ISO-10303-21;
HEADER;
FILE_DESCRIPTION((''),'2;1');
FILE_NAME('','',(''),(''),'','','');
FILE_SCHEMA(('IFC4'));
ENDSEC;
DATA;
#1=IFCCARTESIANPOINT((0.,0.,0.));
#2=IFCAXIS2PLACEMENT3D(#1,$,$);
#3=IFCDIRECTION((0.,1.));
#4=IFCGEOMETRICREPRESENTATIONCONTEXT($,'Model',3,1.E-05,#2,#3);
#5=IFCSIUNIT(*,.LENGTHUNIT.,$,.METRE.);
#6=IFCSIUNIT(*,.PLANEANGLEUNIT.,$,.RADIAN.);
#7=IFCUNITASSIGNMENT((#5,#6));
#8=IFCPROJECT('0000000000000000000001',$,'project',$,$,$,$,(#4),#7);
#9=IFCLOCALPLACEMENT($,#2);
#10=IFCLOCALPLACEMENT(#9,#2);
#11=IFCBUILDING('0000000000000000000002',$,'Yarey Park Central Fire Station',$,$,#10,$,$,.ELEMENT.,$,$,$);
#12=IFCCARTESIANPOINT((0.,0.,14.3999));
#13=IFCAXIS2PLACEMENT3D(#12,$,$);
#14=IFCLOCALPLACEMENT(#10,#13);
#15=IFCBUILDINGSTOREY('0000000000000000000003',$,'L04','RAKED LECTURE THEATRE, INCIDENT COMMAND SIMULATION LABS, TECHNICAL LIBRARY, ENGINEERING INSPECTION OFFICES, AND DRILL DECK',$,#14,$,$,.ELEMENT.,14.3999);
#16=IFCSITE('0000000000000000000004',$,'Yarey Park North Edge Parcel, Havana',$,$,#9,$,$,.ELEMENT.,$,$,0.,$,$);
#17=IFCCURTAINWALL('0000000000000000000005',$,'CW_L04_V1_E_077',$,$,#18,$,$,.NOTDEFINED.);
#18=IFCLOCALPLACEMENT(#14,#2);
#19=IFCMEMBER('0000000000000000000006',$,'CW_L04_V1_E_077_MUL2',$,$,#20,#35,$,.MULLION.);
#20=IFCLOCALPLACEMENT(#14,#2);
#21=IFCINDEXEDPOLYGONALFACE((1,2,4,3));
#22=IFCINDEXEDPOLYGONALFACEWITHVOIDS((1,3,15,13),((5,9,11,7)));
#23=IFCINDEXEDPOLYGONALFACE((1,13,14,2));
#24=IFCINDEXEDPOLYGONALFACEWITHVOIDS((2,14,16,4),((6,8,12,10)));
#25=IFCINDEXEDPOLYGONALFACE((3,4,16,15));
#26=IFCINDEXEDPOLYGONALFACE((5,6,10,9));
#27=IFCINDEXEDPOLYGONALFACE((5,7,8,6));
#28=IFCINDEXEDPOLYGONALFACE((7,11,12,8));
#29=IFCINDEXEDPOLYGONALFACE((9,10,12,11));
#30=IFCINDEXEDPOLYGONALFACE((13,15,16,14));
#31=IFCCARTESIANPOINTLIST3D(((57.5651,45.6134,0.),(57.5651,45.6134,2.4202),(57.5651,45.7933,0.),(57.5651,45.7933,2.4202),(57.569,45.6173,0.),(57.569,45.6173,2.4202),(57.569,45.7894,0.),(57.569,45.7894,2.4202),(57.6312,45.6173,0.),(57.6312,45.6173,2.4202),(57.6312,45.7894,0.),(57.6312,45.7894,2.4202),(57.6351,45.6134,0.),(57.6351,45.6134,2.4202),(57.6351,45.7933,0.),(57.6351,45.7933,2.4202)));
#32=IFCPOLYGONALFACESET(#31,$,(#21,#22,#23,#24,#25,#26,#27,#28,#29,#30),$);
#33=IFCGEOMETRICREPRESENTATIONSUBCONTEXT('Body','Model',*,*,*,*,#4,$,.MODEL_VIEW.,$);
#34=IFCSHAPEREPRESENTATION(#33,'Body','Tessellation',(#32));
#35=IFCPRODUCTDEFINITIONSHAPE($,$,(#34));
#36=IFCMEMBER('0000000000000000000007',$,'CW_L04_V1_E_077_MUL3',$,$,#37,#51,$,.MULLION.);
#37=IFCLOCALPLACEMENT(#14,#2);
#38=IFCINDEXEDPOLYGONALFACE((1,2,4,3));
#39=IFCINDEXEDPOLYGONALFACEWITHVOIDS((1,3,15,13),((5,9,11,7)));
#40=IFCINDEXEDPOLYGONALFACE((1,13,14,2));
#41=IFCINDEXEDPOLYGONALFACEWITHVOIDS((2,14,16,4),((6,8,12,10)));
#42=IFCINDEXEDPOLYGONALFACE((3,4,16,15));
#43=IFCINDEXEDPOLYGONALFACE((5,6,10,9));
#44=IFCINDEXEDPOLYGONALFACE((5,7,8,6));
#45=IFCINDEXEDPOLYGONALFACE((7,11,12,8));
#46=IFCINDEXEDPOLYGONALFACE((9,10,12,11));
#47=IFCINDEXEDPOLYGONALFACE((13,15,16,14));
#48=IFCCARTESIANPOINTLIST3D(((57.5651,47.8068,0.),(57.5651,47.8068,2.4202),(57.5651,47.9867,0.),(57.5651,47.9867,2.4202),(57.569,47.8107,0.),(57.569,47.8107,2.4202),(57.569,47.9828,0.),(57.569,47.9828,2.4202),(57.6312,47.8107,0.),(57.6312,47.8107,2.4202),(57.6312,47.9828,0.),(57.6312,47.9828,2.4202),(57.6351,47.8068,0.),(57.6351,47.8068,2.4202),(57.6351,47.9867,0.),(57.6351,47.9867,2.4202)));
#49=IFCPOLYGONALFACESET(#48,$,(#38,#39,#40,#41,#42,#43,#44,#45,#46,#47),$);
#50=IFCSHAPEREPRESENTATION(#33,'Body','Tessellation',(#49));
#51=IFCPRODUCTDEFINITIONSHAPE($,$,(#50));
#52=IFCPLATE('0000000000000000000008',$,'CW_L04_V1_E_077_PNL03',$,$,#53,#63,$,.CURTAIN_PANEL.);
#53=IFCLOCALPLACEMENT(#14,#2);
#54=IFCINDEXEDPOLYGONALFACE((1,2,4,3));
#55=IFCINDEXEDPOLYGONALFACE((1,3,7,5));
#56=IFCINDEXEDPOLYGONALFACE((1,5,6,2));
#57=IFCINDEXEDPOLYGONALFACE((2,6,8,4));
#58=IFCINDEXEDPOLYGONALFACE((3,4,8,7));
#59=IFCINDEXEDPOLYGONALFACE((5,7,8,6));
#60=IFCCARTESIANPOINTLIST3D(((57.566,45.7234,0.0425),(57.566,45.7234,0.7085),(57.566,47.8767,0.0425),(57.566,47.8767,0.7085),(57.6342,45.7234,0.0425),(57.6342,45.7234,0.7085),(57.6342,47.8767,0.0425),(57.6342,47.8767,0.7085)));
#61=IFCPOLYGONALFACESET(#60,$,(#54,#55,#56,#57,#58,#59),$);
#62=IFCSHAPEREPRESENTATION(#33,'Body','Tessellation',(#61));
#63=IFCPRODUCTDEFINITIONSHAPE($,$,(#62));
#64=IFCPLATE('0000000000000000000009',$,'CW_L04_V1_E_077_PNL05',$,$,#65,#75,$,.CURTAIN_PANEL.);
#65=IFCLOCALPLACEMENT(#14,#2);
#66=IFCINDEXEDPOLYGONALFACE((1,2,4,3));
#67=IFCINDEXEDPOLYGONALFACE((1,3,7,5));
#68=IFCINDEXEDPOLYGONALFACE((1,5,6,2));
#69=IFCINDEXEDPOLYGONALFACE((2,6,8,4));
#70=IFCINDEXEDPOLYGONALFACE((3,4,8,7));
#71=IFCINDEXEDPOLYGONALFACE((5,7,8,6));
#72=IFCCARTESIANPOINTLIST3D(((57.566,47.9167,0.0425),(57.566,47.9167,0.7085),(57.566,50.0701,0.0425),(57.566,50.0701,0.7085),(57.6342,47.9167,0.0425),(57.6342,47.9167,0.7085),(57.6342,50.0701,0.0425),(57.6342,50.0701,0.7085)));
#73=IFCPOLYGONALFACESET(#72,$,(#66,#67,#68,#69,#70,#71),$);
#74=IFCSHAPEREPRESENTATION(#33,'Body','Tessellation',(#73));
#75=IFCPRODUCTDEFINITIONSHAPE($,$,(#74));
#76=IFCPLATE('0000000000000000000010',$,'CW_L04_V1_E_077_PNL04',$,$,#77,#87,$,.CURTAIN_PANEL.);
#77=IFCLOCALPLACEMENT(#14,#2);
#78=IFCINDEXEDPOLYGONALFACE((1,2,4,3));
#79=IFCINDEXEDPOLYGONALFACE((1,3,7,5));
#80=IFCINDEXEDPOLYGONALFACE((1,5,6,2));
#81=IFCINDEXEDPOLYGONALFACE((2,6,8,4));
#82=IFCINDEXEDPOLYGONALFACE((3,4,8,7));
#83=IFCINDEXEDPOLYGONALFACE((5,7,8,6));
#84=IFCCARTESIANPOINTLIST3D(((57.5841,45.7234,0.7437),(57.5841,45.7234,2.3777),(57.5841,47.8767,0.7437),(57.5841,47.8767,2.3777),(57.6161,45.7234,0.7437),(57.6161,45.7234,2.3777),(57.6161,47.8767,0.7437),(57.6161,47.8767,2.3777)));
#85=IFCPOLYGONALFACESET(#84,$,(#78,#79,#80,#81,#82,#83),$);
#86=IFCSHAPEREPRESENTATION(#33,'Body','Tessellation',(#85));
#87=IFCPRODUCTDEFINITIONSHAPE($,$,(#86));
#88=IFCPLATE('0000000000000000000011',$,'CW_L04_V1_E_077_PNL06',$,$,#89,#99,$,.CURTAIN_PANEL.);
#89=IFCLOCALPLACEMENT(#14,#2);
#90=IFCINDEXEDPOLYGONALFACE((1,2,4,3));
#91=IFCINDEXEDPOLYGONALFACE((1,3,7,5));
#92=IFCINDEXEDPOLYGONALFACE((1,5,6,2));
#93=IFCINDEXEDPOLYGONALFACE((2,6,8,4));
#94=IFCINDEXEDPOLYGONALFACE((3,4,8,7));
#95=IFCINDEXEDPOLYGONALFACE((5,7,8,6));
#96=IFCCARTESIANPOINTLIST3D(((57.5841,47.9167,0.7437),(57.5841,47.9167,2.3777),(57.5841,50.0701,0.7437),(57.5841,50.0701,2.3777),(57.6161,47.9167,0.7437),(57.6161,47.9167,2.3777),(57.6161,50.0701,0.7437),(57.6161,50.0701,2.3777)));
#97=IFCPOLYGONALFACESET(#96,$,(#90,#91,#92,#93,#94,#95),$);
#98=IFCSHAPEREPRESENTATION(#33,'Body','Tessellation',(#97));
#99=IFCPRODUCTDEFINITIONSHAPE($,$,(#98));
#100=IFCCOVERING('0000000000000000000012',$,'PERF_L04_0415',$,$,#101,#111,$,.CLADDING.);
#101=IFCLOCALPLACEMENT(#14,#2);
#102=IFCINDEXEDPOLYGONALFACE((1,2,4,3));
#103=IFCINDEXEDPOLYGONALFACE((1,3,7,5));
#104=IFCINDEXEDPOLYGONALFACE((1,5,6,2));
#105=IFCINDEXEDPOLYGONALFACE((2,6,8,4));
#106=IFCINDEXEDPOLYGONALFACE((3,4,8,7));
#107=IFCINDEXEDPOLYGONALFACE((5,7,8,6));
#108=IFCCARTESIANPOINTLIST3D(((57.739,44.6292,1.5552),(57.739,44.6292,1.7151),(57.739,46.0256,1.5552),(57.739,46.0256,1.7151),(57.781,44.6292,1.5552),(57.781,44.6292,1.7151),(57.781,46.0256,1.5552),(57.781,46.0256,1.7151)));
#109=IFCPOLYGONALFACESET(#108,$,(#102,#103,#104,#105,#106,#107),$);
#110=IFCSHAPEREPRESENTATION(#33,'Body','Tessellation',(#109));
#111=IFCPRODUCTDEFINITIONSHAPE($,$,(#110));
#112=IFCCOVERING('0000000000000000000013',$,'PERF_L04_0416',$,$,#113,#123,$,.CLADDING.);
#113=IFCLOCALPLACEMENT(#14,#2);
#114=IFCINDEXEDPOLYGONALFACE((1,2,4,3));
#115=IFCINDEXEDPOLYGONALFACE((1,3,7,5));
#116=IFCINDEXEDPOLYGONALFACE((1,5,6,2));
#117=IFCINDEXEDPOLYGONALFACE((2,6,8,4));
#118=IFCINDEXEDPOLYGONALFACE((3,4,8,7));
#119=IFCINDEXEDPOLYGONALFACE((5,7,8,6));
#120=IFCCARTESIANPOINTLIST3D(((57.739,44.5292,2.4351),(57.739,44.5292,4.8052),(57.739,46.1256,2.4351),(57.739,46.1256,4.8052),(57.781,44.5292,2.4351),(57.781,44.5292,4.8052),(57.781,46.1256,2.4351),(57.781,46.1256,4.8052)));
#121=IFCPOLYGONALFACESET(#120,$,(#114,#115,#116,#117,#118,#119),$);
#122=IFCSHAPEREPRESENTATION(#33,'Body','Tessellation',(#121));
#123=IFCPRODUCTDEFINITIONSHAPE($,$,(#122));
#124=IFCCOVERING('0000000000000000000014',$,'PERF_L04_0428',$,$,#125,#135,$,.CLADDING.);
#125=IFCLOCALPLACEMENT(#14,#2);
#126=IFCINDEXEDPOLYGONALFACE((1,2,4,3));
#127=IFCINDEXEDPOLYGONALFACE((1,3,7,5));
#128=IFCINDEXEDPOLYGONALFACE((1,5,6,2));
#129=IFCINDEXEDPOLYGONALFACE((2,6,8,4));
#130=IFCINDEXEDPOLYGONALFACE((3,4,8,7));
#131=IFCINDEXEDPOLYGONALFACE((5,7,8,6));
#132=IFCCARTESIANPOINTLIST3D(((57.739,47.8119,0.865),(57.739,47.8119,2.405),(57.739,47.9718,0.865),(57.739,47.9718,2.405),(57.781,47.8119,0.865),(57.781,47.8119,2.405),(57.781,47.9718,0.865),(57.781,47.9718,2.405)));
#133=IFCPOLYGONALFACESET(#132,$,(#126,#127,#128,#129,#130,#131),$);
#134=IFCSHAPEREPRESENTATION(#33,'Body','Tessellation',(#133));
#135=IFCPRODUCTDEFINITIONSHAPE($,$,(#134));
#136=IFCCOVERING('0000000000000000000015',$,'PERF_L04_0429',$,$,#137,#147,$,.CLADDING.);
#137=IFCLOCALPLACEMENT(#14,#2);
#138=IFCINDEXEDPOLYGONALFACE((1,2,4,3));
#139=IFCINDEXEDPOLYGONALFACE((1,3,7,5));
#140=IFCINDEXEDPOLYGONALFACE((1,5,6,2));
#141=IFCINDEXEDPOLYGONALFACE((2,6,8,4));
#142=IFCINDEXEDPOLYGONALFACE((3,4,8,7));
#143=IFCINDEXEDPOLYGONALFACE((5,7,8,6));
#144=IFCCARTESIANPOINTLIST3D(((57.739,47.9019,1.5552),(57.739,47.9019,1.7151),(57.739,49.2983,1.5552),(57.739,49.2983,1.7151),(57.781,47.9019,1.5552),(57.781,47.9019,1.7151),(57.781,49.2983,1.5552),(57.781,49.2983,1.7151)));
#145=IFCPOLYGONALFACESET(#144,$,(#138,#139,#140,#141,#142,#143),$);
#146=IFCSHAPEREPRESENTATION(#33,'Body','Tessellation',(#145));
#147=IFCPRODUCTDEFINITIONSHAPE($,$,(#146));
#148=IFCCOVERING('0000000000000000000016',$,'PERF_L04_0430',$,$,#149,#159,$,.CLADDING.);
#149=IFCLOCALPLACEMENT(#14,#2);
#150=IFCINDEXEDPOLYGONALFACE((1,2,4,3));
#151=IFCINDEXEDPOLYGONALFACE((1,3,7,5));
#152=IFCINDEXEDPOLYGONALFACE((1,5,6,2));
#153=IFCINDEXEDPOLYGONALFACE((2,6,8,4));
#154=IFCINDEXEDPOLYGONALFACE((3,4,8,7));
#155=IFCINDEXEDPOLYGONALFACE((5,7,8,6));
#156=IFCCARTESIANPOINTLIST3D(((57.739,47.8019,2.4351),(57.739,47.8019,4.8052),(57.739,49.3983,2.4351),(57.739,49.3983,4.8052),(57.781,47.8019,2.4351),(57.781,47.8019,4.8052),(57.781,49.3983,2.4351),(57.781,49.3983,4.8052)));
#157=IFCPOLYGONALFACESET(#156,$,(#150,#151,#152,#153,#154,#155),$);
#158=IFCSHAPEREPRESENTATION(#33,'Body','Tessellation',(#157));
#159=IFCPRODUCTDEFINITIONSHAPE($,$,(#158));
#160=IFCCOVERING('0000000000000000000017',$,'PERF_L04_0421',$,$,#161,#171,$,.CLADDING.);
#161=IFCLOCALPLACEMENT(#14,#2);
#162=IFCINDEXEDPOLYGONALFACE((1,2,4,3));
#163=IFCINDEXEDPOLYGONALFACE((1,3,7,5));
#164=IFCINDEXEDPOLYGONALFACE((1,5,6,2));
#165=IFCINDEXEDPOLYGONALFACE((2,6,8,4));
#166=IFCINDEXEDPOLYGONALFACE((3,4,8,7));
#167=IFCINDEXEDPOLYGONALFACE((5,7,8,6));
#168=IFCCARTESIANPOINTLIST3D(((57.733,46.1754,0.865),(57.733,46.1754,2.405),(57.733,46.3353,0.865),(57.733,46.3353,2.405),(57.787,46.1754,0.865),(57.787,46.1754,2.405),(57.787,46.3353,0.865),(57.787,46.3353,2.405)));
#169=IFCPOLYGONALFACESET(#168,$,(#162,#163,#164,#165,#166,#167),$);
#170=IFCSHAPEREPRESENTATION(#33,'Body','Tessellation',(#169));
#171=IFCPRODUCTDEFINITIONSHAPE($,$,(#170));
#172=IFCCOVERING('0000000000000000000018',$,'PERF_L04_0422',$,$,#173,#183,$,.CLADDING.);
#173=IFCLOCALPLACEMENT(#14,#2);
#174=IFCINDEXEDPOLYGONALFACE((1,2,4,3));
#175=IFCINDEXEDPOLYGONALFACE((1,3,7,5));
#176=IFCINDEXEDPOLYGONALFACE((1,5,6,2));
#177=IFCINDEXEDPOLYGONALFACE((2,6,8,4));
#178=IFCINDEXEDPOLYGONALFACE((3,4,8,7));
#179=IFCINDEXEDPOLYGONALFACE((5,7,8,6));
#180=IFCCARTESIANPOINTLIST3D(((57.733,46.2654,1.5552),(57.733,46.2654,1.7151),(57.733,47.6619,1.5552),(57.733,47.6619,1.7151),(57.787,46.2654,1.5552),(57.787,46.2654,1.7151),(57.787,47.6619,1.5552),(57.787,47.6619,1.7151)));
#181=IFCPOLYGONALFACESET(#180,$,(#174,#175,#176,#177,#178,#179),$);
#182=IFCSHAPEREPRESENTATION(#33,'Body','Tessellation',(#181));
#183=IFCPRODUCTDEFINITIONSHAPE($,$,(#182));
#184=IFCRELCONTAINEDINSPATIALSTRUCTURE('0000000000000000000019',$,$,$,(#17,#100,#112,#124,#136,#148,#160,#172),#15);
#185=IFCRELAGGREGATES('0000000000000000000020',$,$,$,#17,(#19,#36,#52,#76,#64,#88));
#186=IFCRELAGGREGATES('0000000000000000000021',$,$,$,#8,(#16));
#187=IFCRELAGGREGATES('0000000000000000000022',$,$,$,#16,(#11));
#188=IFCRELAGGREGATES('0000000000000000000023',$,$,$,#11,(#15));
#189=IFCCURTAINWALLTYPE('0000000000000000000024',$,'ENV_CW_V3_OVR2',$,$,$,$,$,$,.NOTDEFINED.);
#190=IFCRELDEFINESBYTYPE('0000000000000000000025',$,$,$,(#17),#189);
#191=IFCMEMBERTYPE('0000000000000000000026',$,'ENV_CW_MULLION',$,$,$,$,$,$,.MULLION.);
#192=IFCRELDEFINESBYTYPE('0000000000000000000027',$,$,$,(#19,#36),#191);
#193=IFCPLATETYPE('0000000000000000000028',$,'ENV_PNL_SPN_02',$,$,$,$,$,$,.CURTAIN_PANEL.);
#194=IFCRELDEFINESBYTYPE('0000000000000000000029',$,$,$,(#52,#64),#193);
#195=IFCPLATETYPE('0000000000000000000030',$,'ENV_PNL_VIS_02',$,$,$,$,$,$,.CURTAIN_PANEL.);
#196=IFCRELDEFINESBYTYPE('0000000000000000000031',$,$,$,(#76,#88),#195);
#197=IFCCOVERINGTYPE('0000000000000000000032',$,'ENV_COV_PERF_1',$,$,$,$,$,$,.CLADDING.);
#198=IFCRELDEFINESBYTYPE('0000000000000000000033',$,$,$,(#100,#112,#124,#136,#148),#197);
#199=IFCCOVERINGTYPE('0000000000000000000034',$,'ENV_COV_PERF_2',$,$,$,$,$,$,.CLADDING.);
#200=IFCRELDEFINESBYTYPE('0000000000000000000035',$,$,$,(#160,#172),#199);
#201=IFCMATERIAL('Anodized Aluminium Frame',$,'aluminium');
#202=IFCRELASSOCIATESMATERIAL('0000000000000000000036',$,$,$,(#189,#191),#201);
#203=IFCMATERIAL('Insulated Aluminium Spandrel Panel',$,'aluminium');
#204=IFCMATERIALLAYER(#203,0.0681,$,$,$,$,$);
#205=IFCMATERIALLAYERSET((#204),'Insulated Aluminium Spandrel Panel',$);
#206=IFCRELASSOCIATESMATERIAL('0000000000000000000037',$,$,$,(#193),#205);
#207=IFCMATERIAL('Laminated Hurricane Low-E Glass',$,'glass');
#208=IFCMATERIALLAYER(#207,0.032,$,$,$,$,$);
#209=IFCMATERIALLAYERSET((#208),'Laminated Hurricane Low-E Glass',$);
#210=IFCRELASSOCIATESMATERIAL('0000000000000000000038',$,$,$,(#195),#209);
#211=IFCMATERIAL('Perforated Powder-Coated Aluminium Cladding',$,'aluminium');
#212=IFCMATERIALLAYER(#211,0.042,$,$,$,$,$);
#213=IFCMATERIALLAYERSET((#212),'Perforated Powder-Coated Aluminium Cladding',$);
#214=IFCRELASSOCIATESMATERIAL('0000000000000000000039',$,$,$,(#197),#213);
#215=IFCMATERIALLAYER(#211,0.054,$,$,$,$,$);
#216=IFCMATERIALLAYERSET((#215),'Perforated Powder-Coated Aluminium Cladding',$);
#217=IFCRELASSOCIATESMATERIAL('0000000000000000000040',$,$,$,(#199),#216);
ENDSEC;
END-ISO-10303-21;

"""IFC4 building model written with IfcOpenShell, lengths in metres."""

from ifc_helpers import new_model, si_unit, direction, frame, origin, origin_2d, place, context, subcontext, project, spatial, rectangle, hollow_rectangle, extrude, material, layer, layer_set, material_profile, profile_set, type_object, element, aggregate, save


model = new_model("IFC4")

# Units and contexts
model_context = context("Model", 3, precision=1e-05, world=origin(), true_north=direction((0.0, 1.0)))
body_context = subcontext(model_context, "Body", "Model", "MODEL_VIEW")
ifc_project = project(units=[si_unit("LENGTHUNIT", "METRE"), si_unit("PLANEANGLEUNIT", "RADIAN")], contexts=[model_context])

# Site, building, storey
site_placement = place(None, origin())
site = spatial("IfcSite", under=ifc_project, at=site_placement, Name="Yarey Park North Edge Parcel, Havana", CompositionType="ELEMENT", RefElevation=0.0)
building_placement = place(site_placement, origin())
building = spatial("IfcBuilding", under=site, at=building_placement, Name="Yarey Park Central Fire Station", CompositionType="ELEMENT")
storey_placement = place(building_placement, frame((0.0, 0.0, 14.3999)))
storey = spatial("IfcBuildingStorey", under=building, at=storey_placement, Name="L04", Description="RAKED LECTURE THEATRE, INCIDENT COMMAND SIMULATION LABS, TECHNICAL LIBRARY, ENGINEERING INSPECTION OFFICES, AND DRILL DECK", CompositionType="ELEMENT", Elevation=14.3999)

# Curtain wall, members, plates
ifc_material_1 = material(Name="Anodized Aluminium Frame", Category="aluminium")
curtain_wall_type = type_object("IfcCurtainWallType", Name="ENV_CW_V3_OVR2", PredefinedType="NOTDEFINED", material=ifc_material_1)
curtain_wall_placement = place(storey_placement, origin())
curtain_wall = element("IfcCurtainWall", 1, at=curtain_wall_placement, inside=storey, type_object=curtain_wall_type, Name="CW_L04_V1_E_077", PredefinedType="NOTDEFINED")
ifc_material_profile = material_profile(ifc_material_1, hollow_rectangle(XDim=0.0701, YDim=0.1799, WallThickness=0.0039, at=origin_2d()), Name="ALU 180x70x4")
ifc_profile_set = profile_set([ifc_material_profile], Name="Anodized Aluminium Frame")
member_type = type_object("IfcMemberType", Name="ENV_CW_MULLION", PredefinedType="MULLION", material=ifc_profile_set)
member_1_placement = place(storey_placement, frame((57.6001, 45.7034, 0.0), z_axis=(0.0, 0.0, 1.0), x_axis=(1.0, 0.0, 0.0)))
member_1 = element("IfcMember", 2, at=member_1_placement, type_object=member_type, Name="CW_L04_V1_E_077_MUL2", PredefinedType="MULLION", context=body_context, shape_type="SweptSolid", body=[
    extrude(hollow_rectangle(XDim=0.0701, YDim=0.1799, WallThickness=0.0039, at=origin_2d()), origin(), (0.0, 0.0, 1.0), 2.4202),
])
member_2_placement = place(storey_placement, frame((57.6001, 47.8967, 0.0), z_axis=(0.0, 0.0, 1.0), x_axis=(1.0, 0.0, 0.0)))
member_2 = element("IfcMember", 3, at=member_2_placement, type_object=member_type, Name="CW_L04_V1_E_077_MUL3", PredefinedType="MULLION", context=body_context, shape_type="SweptSolid", body=[
    extrude(hollow_rectangle(XDim=0.0701, YDim=0.1799, WallThickness=0.0039, at=origin_2d()), origin(), (0.0, 0.0, 1.0), 2.4202),
])
ifc_material_2 = material(Name="Insulated Aluminium Spandrel Panel", Category="aluminium")
ifc_layer_1 = layer(ifc_material_2, 0.0681)
ifc_layer_set_1 = layer_set([ifc_layer_1], Name="Insulated Aluminium Spandrel Panel")
plate_type_1 = type_object("IfcPlateType", Name="ENV_PNL_SPN_02", PredefinedType="CURTAIN_PANEL", material=ifc_layer_set_1)
plate_1_placement = place(storey_placement, frame((57.6001, 46.8, 0.0425), z_axis=(0.0, 0.0, 1.0), x_axis=(0.0, 1.0, 0.0)))
plate_1 = element("IfcPlate", 4, at=plate_1_placement, type_object=plate_type_1, Name="CW_L04_V1_E_077_PNL03", PredefinedType="CURTAIN_PANEL", context=body_context, shape_type="SweptSolid", body=[
    extrude(rectangle(XDim=2.1533, YDim=0.0681, at=origin_2d()), origin(), (0.0, 0.0, 1.0), 0.666),
])
plate_2_placement = place(storey_placement, frame((57.6001, 48.9934, 0.0425), z_axis=(0.0, 0.0, 1.0), x_axis=(0.0, 1.0, 0.0)))
plate_2 = element("IfcPlate", 5, at=plate_2_placement, type_object=plate_type_1, Name="CW_L04_V1_E_077_PNL05", PredefinedType="CURTAIN_PANEL", context=body_context, shape_type="SweptSolid", body=[
    extrude(rectangle(XDim=2.1533, YDim=0.0681, at=origin_2d()), origin(), (0.0, 0.0, 1.0), 0.666),
])
ifc_material_3 = material(Name="Laminated Hurricane Low-E Glass", Category="glass")
ifc_layer_2 = layer(ifc_material_3, 0.032)
ifc_layer_set_2 = layer_set([ifc_layer_2], Name="Laminated Hurricane Low-E Glass")
plate_type_2 = type_object("IfcPlateType", Name="ENV_PNL_VIS_02", PredefinedType="CURTAIN_PANEL", material=ifc_layer_set_2)
plate_3_placement = place(storey_placement, frame((57.6001, 46.8, 0.7437), z_axis=(0.0, 0.0, 1.0), x_axis=(0.0, 1.0, 0.0)))
plate_3 = element("IfcPlate", 6, at=plate_3_placement, type_object=plate_type_2, Name="CW_L04_V1_E_077_PNL04", PredefinedType="CURTAIN_PANEL", context=body_context, shape_type="SweptSolid", body=[
    extrude(rectangle(XDim=2.1533, YDim=0.032, at=origin_2d()), origin(), (0.0, 0.0, 1.0), 1.634),
])
plate_4_placement = place(storey_placement, frame((57.6001, 48.9934, 0.7437), z_axis=(0.0, 0.0, 1.0), x_axis=(0.0, 1.0, 0.0)))
plate_4 = element("IfcPlate", 7, at=plate_4_placement, type_object=plate_type_2, Name="CW_L04_V1_E_077_PNL06", PredefinedType="CURTAIN_PANEL", context=body_context, shape_type="SweptSolid", body=[
    extrude(rectangle(XDim=2.1533, YDim=0.032, at=origin_2d()), origin(), (0.0, 0.0, 1.0), 1.634),
])
aggregate(curtain_wall, [member_1, member_2, plate_1, plate_3, plate_2, plate_4])

# Coverings
ifc_material_4 = material(Name="Perforated Powder-Coated Aluminium Cladding", Category="aluminium")
ifc_layer_3 = layer(ifc_material_4, 0.042)
ifc_layer_set_3 = layer_set([ifc_layer_3], Name="Perforated Powder-Coated Aluminium Cladding")
covering_type_1 = type_object("IfcCoveringType", Name="ENV_COV_PERF_1", PredefinedType="CLADDING", material=ifc_layer_set_3)
covering_1_placement = place(storey_placement, frame((57.76, 45.3274, 1.5552), z_axis=(0.0, 0.0, 1.0), x_axis=(0.0, 1.0, 0.0)))
element("IfcCovering", 8, at=covering_1_placement, inside=storey, type_object=covering_type_1, Name="PERF_L04_0415", PredefinedType="CLADDING", context=body_context, shape_type="SweptSolid", body=[
    extrude(rectangle(XDim=1.3965, YDim=0.042, at=origin_2d()), origin(), (0.0, 0.0, 1.0), 0.1599),
])
covering_2_placement = place(storey_placement, frame((57.76, 45.3274, 2.4351), z_axis=(0.0, 0.0, 1.0), x_axis=(0.0, 1.0, 0.0)))
element("IfcCovering", 9, at=covering_2_placement, inside=storey, type_object=covering_type_1, Name="PERF_L04_0416", PredefinedType="CLADDING", context=body_context, shape_type="SweptSolid", body=[
    extrude(rectangle(XDim=1.5964, YDim=0.042, at=origin_2d()), origin(), (0.0, 0.0, 1.0), 2.3701),
])
covering_3_placement = place(storey_placement, frame((57.76, 47.8918, 0.865), z_axis=(0.0, 0.0, 1.0), x_axis=(0.0, 1.0, 0.0)))
element("IfcCovering", 10, at=covering_3_placement, inside=storey, type_object=covering_type_1, Name="PERF_L04_0428", PredefinedType="CLADDING", context=body_context, shape_type="SweptSolid", body=[
    extrude(rectangle(XDim=0.1599, YDim=0.042, at=origin_2d()), origin(), (0.0, 0.0, 1.0), 1.54),
])
covering_4_placement = place(storey_placement, frame((57.76, 48.6001, 1.5552), z_axis=(0.0, 0.0, 1.0), x_axis=(0.0, 1.0, 0.0)))
element("IfcCovering", 11, at=covering_4_placement, inside=storey, type_object=covering_type_1, Name="PERF_L04_0429", PredefinedType="CLADDING", context=body_context, shape_type="SweptSolid", body=[
    extrude(rectangle(XDim=1.3965, YDim=0.042, at=origin_2d()), origin(), (0.0, 0.0, 1.0), 0.1599),
])
covering_5_placement = place(storey_placement, frame((57.76, 48.6001, 2.4351), z_axis=(0.0, 0.0, 1.0), x_axis=(0.0, 1.0, 0.0)))
element("IfcCovering", 12, at=covering_5_placement, inside=storey, type_object=covering_type_1, Name="PERF_L04_0430", PredefinedType="CLADDING", context=body_context, shape_type="SweptSolid", body=[
    extrude(rectangle(XDim=1.5964, YDim=0.042, at=origin_2d()), origin(), (0.0, 0.0, 1.0), 2.3701),
])
ifc_layer_4 = layer(ifc_material_4, 0.054)
ifc_layer_set_4 = layer_set([ifc_layer_4], Name="Perforated Powder-Coated Aluminium Cladding")
covering_type_2 = type_object("IfcCoveringType", Name="ENV_COV_PERF_2", PredefinedType="CLADDING", material=ifc_layer_set_4)
covering_6_placement = place(storey_placement, frame((57.76, 46.2554, 0.865), z_axis=(0.0, 0.0, 1.0), x_axis=(0.0, 1.0, 0.0)))
element("IfcCovering", 13, at=covering_6_placement, inside=storey, type_object=covering_type_2, Name="PERF_L04_0421", PredefinedType="CLADDING", context=body_context, shape_type="SweptSolid", body=[
    extrude(rectangle(XDim=0.1599, YDim=0.054, at=origin_2d()), origin(), (0.0, 0.0, 1.0), 1.54),
])
covering_7_placement = place(storey_placement, frame((57.76, 46.9636, 1.5552), z_axis=(0.0, 0.0, 1.0), x_axis=(0.0, 1.0, 0.0)))
element("IfcCovering", 14, at=covering_7_placement, inside=storey, type_object=covering_type_2, Name="PERF_L04_0422", PredefinedType="CLADDING", context=body_context, shape_type="SweptSolid", body=[
    extrude(rectangle(XDim=1.3965, YDim=0.054, at=origin_2d()), origin(), (0.0, 0.0, 1.0), 0.1599),
])

save(model, "model.ifc")
